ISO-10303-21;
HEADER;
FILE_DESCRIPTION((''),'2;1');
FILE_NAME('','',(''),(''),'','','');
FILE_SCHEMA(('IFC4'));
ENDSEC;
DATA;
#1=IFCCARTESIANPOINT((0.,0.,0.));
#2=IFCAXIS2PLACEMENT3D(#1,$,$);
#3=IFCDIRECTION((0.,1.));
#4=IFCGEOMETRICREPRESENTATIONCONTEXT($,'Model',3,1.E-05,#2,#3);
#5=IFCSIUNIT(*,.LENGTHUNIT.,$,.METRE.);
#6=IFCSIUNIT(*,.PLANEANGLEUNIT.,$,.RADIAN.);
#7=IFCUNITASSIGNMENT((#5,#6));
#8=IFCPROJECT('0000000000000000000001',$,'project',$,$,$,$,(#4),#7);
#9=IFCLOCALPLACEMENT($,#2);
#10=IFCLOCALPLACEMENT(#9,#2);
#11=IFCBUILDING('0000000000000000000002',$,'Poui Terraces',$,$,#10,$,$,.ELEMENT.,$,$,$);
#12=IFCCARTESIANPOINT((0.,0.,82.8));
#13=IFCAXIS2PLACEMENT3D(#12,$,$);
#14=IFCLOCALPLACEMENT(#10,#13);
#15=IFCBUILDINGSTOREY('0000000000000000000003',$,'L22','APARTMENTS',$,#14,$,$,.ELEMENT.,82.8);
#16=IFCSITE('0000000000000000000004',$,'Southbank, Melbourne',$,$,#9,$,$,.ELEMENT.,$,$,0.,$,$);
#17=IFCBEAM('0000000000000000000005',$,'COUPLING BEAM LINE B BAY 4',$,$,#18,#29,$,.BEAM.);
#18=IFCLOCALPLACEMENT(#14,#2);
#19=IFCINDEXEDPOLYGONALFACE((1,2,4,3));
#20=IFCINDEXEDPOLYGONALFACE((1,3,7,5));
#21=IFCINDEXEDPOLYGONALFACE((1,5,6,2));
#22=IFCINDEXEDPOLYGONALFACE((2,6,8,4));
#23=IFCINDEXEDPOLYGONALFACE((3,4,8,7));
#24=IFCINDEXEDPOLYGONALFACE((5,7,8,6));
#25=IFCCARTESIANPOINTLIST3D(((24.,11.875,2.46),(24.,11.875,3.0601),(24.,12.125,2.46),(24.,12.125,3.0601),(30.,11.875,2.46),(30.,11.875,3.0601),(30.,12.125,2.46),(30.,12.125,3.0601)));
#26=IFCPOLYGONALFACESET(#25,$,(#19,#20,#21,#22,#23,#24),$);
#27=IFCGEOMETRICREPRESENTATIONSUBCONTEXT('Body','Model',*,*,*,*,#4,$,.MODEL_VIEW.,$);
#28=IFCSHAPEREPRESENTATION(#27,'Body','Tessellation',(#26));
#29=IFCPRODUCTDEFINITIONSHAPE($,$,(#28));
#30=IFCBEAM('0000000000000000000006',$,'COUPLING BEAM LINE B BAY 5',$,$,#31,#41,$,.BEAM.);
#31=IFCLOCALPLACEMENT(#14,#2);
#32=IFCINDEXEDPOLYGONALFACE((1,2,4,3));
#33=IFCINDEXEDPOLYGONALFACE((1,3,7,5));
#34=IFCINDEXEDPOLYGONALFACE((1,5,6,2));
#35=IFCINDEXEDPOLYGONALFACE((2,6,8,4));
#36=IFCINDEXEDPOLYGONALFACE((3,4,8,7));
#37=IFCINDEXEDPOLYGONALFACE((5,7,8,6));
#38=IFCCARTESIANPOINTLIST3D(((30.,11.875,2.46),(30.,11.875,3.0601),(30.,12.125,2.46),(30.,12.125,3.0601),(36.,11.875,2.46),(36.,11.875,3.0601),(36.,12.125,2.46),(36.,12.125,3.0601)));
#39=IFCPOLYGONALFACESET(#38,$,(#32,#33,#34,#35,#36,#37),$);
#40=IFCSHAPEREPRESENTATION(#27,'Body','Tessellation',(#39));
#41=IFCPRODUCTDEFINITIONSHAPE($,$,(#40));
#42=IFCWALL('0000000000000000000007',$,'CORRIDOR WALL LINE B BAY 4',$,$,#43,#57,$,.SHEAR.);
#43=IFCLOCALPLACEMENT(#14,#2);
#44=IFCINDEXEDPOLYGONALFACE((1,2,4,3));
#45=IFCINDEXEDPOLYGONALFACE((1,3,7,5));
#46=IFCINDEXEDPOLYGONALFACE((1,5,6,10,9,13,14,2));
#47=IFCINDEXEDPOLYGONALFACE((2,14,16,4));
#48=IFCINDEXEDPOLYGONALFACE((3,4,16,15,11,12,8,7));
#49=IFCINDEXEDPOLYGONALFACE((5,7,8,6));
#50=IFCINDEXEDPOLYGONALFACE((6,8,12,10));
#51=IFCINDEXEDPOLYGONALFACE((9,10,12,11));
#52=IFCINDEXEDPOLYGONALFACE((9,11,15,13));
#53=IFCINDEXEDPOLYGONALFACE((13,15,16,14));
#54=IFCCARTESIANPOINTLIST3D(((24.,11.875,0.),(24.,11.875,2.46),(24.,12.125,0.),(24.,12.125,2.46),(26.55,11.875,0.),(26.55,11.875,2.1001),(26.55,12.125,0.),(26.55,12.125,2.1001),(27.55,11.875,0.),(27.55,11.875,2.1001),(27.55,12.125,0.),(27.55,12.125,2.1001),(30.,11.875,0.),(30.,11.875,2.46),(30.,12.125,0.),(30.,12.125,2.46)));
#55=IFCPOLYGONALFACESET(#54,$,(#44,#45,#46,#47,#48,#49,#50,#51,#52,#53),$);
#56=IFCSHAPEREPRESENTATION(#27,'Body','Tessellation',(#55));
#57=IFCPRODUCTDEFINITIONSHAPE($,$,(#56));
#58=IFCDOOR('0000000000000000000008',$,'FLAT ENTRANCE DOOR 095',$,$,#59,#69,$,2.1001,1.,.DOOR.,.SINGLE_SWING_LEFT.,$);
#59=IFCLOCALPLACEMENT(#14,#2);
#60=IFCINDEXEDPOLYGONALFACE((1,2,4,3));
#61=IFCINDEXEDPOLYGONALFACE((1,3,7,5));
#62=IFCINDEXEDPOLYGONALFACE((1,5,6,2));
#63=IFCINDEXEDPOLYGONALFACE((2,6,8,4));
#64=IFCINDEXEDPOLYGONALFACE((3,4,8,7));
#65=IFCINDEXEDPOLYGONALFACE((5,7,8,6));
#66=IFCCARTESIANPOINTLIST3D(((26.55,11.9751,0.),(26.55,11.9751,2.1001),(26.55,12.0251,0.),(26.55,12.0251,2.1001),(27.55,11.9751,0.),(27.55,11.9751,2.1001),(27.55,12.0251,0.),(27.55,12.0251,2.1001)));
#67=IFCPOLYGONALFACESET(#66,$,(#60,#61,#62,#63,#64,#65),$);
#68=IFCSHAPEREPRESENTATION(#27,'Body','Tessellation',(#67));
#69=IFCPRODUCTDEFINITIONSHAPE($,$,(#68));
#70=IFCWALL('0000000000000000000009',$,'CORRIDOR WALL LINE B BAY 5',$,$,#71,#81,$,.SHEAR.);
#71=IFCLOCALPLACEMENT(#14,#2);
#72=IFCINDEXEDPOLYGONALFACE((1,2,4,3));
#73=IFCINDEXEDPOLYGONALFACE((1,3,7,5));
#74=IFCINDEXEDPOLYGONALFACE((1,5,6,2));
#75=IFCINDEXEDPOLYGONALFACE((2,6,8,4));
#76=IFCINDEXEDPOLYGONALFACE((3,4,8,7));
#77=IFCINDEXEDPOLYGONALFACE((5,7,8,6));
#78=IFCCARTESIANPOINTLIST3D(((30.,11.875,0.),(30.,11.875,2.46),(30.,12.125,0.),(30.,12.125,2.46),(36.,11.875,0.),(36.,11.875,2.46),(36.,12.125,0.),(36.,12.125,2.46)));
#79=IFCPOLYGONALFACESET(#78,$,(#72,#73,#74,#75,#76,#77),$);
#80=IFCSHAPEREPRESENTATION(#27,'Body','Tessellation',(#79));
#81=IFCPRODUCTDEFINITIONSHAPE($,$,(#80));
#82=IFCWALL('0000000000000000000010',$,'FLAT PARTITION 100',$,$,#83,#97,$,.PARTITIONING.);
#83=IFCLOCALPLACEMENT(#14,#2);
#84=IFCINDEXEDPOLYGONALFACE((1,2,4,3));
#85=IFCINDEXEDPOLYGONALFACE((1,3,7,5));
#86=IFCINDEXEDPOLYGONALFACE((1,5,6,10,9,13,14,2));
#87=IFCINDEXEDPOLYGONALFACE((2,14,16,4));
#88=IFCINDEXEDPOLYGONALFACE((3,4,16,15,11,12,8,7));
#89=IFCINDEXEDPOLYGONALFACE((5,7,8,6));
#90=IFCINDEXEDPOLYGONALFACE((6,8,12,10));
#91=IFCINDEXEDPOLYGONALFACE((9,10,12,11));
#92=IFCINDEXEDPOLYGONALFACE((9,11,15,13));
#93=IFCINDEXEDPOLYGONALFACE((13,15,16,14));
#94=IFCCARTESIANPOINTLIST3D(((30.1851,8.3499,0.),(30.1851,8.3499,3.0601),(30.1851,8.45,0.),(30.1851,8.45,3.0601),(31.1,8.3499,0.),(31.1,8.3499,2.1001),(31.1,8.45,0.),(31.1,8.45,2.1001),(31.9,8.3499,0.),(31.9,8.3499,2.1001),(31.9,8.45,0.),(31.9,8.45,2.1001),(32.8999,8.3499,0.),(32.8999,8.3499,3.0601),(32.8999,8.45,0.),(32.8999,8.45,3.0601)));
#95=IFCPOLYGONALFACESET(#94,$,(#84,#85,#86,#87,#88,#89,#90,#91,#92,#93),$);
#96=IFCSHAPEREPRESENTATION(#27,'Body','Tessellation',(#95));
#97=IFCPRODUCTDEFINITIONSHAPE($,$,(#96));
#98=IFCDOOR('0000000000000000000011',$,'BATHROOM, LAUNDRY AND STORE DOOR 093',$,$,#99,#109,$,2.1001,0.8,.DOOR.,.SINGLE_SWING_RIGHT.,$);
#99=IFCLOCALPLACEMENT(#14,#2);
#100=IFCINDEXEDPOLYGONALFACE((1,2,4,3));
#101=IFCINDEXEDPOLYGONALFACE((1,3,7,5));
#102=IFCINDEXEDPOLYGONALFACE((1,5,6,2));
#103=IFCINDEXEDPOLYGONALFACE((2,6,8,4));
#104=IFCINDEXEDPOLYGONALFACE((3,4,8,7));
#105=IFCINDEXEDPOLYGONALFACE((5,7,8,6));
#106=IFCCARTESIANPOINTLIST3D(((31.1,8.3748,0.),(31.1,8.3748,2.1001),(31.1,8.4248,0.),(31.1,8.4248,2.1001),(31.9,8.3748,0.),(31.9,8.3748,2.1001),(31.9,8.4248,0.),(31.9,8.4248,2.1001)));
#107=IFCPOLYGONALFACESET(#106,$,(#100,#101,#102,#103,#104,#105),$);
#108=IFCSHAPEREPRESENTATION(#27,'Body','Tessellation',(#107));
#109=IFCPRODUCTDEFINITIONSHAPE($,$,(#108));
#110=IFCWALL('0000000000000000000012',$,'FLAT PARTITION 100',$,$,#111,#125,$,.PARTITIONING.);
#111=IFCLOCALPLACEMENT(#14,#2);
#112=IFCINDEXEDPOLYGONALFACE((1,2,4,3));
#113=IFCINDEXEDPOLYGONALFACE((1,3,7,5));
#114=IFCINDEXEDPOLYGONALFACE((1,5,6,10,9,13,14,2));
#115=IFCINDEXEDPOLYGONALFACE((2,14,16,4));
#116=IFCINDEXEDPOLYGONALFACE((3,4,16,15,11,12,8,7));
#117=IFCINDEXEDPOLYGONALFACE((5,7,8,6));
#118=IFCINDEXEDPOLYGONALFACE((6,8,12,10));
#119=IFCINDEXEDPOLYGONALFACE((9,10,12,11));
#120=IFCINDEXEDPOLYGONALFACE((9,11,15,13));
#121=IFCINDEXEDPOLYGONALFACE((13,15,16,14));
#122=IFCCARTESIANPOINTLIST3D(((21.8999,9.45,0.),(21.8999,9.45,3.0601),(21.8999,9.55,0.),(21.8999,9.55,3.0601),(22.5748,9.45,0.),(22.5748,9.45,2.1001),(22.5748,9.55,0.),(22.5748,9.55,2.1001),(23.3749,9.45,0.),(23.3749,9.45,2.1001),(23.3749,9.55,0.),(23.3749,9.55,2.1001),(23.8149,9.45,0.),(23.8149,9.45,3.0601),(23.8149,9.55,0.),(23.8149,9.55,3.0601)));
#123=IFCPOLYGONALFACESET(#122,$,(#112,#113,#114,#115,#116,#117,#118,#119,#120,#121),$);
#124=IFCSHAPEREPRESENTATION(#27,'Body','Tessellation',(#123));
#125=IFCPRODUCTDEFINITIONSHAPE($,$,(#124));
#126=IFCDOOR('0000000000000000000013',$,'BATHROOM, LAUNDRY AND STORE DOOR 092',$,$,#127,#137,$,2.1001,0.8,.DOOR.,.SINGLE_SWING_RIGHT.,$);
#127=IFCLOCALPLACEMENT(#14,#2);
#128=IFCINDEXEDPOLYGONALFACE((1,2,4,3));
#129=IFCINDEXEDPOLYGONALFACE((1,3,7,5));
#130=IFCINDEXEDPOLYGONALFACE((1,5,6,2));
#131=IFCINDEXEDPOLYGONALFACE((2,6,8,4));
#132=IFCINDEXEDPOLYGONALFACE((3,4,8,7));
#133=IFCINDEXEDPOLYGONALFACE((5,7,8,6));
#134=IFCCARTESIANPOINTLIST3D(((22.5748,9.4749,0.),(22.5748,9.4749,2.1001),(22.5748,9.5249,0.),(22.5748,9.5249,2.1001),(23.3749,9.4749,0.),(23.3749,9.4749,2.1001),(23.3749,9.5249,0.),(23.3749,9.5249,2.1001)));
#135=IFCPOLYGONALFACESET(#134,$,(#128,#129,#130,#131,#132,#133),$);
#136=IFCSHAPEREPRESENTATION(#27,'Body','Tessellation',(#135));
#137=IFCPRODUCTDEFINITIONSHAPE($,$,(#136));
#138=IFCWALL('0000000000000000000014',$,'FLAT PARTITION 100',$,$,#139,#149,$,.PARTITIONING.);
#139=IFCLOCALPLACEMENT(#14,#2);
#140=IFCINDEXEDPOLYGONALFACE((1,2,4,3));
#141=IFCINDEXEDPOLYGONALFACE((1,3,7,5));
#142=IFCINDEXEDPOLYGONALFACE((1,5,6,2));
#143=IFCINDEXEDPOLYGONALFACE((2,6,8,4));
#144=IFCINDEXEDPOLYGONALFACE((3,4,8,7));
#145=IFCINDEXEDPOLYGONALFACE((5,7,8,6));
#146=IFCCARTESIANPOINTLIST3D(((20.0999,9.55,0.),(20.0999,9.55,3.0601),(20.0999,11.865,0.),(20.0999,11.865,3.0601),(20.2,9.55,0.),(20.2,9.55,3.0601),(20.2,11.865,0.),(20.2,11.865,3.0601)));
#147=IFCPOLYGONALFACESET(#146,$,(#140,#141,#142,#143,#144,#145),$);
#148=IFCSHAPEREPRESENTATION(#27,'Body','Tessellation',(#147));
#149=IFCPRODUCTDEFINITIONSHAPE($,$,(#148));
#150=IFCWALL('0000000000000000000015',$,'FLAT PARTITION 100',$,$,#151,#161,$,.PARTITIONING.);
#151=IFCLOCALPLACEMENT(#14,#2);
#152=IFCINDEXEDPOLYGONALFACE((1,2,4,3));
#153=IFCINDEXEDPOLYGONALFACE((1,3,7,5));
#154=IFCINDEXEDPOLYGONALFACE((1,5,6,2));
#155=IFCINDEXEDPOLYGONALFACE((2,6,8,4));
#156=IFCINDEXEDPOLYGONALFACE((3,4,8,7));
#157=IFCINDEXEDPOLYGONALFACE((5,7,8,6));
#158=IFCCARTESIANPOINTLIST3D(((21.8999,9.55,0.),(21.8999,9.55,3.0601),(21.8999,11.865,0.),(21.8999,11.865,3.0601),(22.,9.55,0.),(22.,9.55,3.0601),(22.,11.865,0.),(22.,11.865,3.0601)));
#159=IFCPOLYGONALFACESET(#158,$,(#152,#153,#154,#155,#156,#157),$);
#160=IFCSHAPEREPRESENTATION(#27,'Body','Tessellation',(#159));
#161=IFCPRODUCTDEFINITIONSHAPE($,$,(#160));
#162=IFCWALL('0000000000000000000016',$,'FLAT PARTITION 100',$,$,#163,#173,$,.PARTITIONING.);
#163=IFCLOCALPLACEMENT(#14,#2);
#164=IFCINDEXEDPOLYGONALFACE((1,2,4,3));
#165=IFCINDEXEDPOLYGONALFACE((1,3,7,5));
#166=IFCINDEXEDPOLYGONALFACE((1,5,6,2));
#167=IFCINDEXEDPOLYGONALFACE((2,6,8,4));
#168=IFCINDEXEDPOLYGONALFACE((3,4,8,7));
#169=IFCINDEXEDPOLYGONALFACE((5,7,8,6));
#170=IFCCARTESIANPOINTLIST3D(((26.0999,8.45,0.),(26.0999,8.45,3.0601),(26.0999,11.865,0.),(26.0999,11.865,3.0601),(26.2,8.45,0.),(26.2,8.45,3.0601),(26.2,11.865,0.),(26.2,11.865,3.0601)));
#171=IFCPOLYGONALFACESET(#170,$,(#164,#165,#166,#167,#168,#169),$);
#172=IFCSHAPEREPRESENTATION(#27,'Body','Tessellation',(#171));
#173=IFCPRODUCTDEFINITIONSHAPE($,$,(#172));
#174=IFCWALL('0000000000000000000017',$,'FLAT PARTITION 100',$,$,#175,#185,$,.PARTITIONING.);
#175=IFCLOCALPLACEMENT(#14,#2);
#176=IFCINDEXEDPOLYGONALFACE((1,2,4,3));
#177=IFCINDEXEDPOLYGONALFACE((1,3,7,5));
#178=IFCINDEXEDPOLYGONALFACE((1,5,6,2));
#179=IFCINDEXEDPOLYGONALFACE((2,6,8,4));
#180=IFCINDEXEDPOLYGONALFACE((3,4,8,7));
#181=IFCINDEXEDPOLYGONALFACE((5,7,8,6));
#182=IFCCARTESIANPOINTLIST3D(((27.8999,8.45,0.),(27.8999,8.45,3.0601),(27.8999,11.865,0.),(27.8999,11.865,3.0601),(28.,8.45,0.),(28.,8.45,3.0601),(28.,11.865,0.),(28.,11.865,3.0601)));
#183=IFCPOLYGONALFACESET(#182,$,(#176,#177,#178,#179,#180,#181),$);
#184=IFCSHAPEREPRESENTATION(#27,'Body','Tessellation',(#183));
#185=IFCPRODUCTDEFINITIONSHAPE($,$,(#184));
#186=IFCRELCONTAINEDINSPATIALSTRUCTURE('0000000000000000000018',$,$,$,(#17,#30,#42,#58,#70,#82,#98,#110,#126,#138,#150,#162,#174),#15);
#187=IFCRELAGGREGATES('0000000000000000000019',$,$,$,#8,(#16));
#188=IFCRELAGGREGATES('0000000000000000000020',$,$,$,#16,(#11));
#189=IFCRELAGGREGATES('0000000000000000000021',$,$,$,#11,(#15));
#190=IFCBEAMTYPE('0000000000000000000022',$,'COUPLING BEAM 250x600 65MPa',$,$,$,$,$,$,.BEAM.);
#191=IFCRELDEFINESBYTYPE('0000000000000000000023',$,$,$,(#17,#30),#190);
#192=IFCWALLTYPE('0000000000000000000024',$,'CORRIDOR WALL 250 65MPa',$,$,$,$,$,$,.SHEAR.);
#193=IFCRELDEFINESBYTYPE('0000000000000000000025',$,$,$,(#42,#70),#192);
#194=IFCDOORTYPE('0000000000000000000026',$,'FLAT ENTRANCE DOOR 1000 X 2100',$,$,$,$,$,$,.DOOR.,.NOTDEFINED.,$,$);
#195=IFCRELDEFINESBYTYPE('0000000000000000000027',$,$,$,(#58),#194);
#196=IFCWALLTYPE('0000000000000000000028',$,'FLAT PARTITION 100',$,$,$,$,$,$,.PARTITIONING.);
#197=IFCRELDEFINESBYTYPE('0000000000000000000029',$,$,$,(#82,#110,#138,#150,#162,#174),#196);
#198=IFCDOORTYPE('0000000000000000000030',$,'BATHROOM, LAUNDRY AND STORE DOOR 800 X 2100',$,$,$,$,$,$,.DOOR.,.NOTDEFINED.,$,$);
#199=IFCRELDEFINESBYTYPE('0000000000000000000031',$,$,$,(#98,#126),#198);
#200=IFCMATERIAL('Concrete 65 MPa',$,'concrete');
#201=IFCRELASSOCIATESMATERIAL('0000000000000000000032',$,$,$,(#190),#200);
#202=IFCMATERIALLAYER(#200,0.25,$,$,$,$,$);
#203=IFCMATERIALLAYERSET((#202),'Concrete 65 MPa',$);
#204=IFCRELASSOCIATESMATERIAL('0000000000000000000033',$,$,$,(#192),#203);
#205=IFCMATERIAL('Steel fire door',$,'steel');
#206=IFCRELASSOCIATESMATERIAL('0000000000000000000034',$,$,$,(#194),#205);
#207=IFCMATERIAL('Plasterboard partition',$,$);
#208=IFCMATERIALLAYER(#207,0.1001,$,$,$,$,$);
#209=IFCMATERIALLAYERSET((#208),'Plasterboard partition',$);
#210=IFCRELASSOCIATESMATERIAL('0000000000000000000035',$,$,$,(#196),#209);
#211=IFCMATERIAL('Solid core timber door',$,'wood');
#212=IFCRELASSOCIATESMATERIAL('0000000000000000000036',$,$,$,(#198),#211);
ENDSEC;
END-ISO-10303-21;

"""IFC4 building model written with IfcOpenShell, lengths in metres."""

from ifc_helpers import new_model, si_unit, direction, frame, frame_2d, origin, origin_2d, place, context, subcontext, project, spatial, rectangle, extrude, source, transform, mapped, material, layer, layer_set, material_profile, profile_set, type_object, element, fill, save


model = new_model("IFC4")

# Units and contexts
model_context = context("Model", 3, precision=1e-05, world=origin(), true_north=direction((0.0, 1.0)))
body_context = subcontext(model_context, "Body", "Model", "MODEL_VIEW")
ifc_project = project(units=[si_unit("LENGTHUNIT", "METRE"), si_unit("PLANEANGLEUNIT", "RADIAN")], contexts=[model_context])

# Site, building, storey
site_placement = place(None, origin())
site = spatial("IfcSite", under=ifc_project, at=site_placement, Name="Southbank, Melbourne", CompositionType="ELEMENT", RefElevation=0.0)
building_placement = place(site_placement, origin())
building = spatial("IfcBuilding", under=site, at=building_placement, Name="Poui Terraces", CompositionType="ELEMENT")
storey_placement = place(building_placement, frame((0.0, 0.0, 82.8)))
storey = spatial("IfcBuildingStorey", under=building, at=storey_placement, Name="L22", Description="APARTMENTS", CompositionType="ELEMENT", Elevation=82.8)

# Beams
ifc_material_1 = material(Name="Concrete 65 MPa", Category="concrete")
ifc_material_profile = material_profile(ifc_material_1, rectangle(XDim=0.25, YDim=0.6001, at=origin_2d()), Name="RC 250x600")
ifc_profile_set = profile_set([ifc_material_profile], Name="Concrete 65 MPa")
beam_type = type_object("IfcBeamType", Name="COUPLING BEAM 250x600 65MPa", PredefinedType="BEAM", material=ifc_profile_set)
shared_shape = source(origin(), body_context, "Body", "SweptSolid", [
    extrude(rectangle(XDim=0.25, YDim=0.6001, at=origin_2d()), origin(), (0.0, 0.0, 1.0), 6.0),
])
for number, where, z_axis, x_axis, name in (
    (1, (24.0, 12.0, 2.76), (1.0, 0.0, 0.0), (0.0, 1.0, 0.0), "COUPLING BEAM LINE B BAY 4"),
    (2, (30.0, 12.0, 2.76), (1.0, 0.0, 0.0), (0.0, 1.0, 0.0), "COUPLING BEAM LINE B BAY 5"),
):
    element("IfcBeam", number, at=place(storey_placement, frame(where, z_axis=z_axis, x_axis=x_axis)), inside=storey, type_object=beam_type, Name=name, PredefinedType="BEAM", context=body_context, shape_type="MappedRepresentation", body=[
        mapped(shared_shape, transform((0.0, 0.0, 0.0))),
    ])

# Wall, opening, door
ifc_layer_1 = layer(ifc_material_1, 0.25)
ifc_layer_set_1 = layer_set([ifc_layer_1], Name="Concrete 65 MPa")
wall_type_1 = type_object("IfcWallType", Name="CORRIDOR WALL 250 65MPa", PredefinedType="SHEAR", material=ifc_layer_set_1)
wall_1_placement = place(storey_placement, frame((24.0, 12.0, 0.0), z_axis=(0.0, 0.0, 1.0), x_axis=(1.0, 0.0, 0.0)))
wall_1 = element("IfcWall", 3, at=wall_1_placement, inside=storey, type_object=wall_type_1, Name="CORRIDOR WALL LINE B BAY 4", PredefinedType="SHEAR", context=body_context, shape_type="SweptSolid", body=[
    extrude(rectangle(XDim=6.0, YDim=0.25, at=frame_2d((3.0, 0.0))), origin(), (0.0, 0.0, 1.0), 2.46),
])
opening_1_placement = place(wall_1_placement, frame((2.55, 0.0, 0.0)))
opening_1 = element("IfcOpeningElement", 4, at=opening_1_placement, cuts=wall_1, PredefinedType="OPENING", context=body_context, shape_type="SweptSolid", body=[
    extrude(rectangle(XDim=1.0, YDim=2.1001, at=frame_2d((0.5, 1.05))), frame((0.0, 0.135, 0.0), z_axis=(0.0, -1.0, 0.0), x_axis=(1.0, 0.0, 0.0)), (0.0, 0.0, 1.0), 0.27),
])
ifc_material_2 = material(Name="Steel fire door", Category="steel")
door_type_1 = type_object("IfcDoorType", Name="FLAT ENTRANCE DOOR 1000 X 2100", OperationType="NOTDEFINED", PredefinedType="DOOR", material=ifc_material_2)
door_1_placement = place(opening_1_placement, frame((1.0, 0.0, 0.0), z_axis=(0.0, 0.0, 1.0), x_axis=(-1.0, 0.0, 0.0)))
door_1 = element("IfcDoor", 5, at=door_1_placement, inside=storey, type_object=door_type_1, Name="FLAT ENTRANCE DOOR 095", OperationType="SINGLE_SWING_LEFT", OverallHeight=2.1001, OverallWidth=1.0, PredefinedType="DOOR", context=body_context, shape_type="SweptSolid", body=[
    extrude(rectangle(XDim=1.0, YDim=2.1001, at=frame_2d((0.5, 1.05))), frame((0.0, 0.0249, 0.0), z_axis=(0.0, -1.0, 0.0), x_axis=(1.0, 0.0, 0.0)), (0.0, 0.0, 1.0), 0.05),
])
fill(opening_1, door_1)

# Wall
wall_2_placement = place(storey_placement, frame((30.0, 12.0, 0.0), z_axis=(0.0, 0.0, 1.0), x_axis=(1.0, 0.0, 0.0)))
element("IfcWall", 6, at=wall_2_placement, inside=storey, type_object=wall_type_1, Name="CORRIDOR WALL LINE B BAY 5", PredefinedType="SHEAR", context=body_context, shape_type="SweptSolid", body=[
    extrude(rectangle(XDim=6.0, YDim=0.25, at=frame_2d((3.0, 0.0))), origin(), (0.0, 0.0, 1.0), 2.46),
])

# Walls, openings, doors
ifc_material_3 = material(Name="Plasterboard partition")
ifc_layer_2 = layer(ifc_material_3, 0.1001)
ifc_layer_set_2 = layer_set([ifc_layer_2], Name="Plasterboard partition")
wall_type_2 = type_object("IfcWallType", Name="FLAT PARTITION 100", PredefinedType="PARTITIONING", material=ifc_layer_set_2)
wall_3_placement = place(storey_placement, frame((30.1851, 8.3999, 0.0), z_axis=(0.0, 0.0, 1.0), x_axis=(1.0, 0.0, 0.0)))
wall_3 = element("IfcWall", 7, at=wall_3_placement, inside=storey, type_object=wall_type_2, Name="FLAT PARTITION 100", PredefinedType="PARTITIONING", context=body_context, shape_type="SweptSolid", body=[
    extrude(rectangle(XDim=2.7148, YDim=0.1001, at=frame_2d((1.3574, 0.0))), origin(), (0.0, 0.0, 1.0), 3.0601),
])
opening_2_placement = place(wall_3_placement, frame((0.915, 0.0, 0.0)))
opening_2 = element("IfcOpeningElement", 8, at=opening_2_placement, cuts=wall_3, PredefinedType="OPENING", context=body_context, shape_type="SweptSolid", body=[
    extrude(rectangle(XDim=0.8, YDim=2.1001, at=frame_2d((0.3999, 1.05))), frame((0.0, 0.0601, 0.0), z_axis=(0.0, -1.0, 0.0), x_axis=(1.0, 0.0, 0.0)), (0.0, 0.0, 1.0), 0.1201),
])
ifc_material_4 = material(Name="Solid core timber door", Category="wood")
door_type_2 = type_object("IfcDoorType", Name="BATHROOM, LAUNDRY AND STORE DOOR 800 X 2100", OperationType="NOTDEFINED", PredefinedType="DOOR", material=ifc_material_4)
door_2_placement = place(opening_2_placement, origin())
door_2 = element("IfcDoor", 9, at=door_2_placement, inside=storey, type_object=door_type_2, Name="BATHROOM, LAUNDRY AND STORE DOOR 093", OperationType="SINGLE_SWING_RIGHT", OverallHeight=2.1001, OverallWidth=0.8, PredefinedType="DOOR", context=body_context, shape_type="SweptSolid", body=[
    extrude(rectangle(XDim=0.8, YDim=2.1001, at=frame_2d((0.3999, 1.05))), frame((0.0, 0.0249, 0.0), z_axis=(0.0, -1.0, 0.0), x_axis=(1.0, 0.0, 0.0)), (0.0, 0.0, 1.0), 0.05),
])
fill(opening_2, door_2)
wall_4_placement = place(storey_placement, frame((21.8999, 9.5, 0.0), z_axis=(0.0, 0.0, 1.0), x_axis=(1.0, 0.0, 0.0)))
wall_4 = element("IfcWall", 10, at=wall_4_placement, inside=storey, type_object=wall_type_2, Name="FLAT PARTITION 100", PredefinedType="PARTITIONING", context=body_context, shape_type="SweptSolid", body=[
    extrude(rectangle(XDim=1.915, YDim=0.1001, at=frame_2d((0.9575, 0.0))), origin(), (0.0, 0.0, 1.0), 3.0601),
])
opening_3_placement = place(wall_4_placement, frame((0.675, 0.0, 0.0)))
opening_3 = element("IfcOpeningElement", 11, at=opening_3_placement, cuts=wall_4, PredefinedType="OPENING", context=body_context, shape_type="SweptSolid", body=[
    extrude(rectangle(XDim=0.8, YDim=2.1001, at=frame_2d((0.3999, 1.05))), frame((0.0, 0.0601, 0.0), z_axis=(0.0, -1.0, 0.0), x_axis=(1.0, 0.0, 0.0)), (0.0, 0.0, 1.0), 0.1201),
])
door_3_placement = place(opening_3_placement, origin())
door_3 = element("IfcDoor", 12, at=door_3_placement, inside=storey, type_object=door_type_2, Name="BATHROOM, LAUNDRY AND STORE DOOR 092", OperationType="SINGLE_SWING_RIGHT", OverallHeight=2.1001, OverallWidth=0.8, PredefinedType="DOOR", context=body_context, shape_type="SweptSolid", body=[
    extrude(rectangle(XDim=0.8, YDim=2.1001, at=frame_2d((0.3999, 1.05))), frame((0.0, 0.0249, 0.0), z_axis=(0.0, -1.0, 0.0), x_axis=(1.0, 0.0, 0.0)), (0.0, 0.0, 1.0), 0.05),
])
fill(opening_3, door_3)

# Walls
for number, where, z_axis, x_axis, name in (
    (13, (20.1499, 9.55, 0.0), (0.0, 0.0, 1.0), (0.0, 1.0, 0.0), "FLAT PARTITION 100"),
    (14, (21.95, 9.55, 0.0), (0.0, 0.0, 1.0), (0.0, 1.0, 0.0), "FLAT PARTITION 100"),
):
    element("IfcWall", number, at=place(storey_placement, frame(where, z_axis=z_axis, x_axis=x_axis)), inside=storey, type_object=wall_type_2, Name=name, PredefinedType="PARTITIONING", context=body_context, shape_type="SweptSolid", body=[
        extrude(rectangle(XDim=2.3149, YDim=0.1001, at=frame_2d((1.1575, 0.0))), origin(), (0.0, 0.0, 1.0), 3.0601),
    ])
for number, where, z_axis, x_axis, name in (
    (15, (26.1499, 8.45, 0.0), (0.0, 0.0, 1.0), (0.0, 1.0, 0.0), "FLAT PARTITION 100"),
    (16, (27.95, 8.45, 0.0), (0.0, 0.0, 1.0), (0.0, 1.0, 0.0), "FLAT PARTITION 100"),
):
    element("IfcWall", number, at=place(storey_placement, frame(where, z_axis=z_axis, x_axis=x_axis)), inside=storey, type_object=wall_type_2, Name=name, PredefinedType="PARTITIONING", context=body_context, shape_type="SweptSolid", body=[
        extrude(rectangle(XDim=3.415, YDim=0.1001, at=frame_2d((1.7075, 0.0))), origin(), (0.0, 0.0, 1.0), 3.0601),
    ])

save(model, "model.ifc")
